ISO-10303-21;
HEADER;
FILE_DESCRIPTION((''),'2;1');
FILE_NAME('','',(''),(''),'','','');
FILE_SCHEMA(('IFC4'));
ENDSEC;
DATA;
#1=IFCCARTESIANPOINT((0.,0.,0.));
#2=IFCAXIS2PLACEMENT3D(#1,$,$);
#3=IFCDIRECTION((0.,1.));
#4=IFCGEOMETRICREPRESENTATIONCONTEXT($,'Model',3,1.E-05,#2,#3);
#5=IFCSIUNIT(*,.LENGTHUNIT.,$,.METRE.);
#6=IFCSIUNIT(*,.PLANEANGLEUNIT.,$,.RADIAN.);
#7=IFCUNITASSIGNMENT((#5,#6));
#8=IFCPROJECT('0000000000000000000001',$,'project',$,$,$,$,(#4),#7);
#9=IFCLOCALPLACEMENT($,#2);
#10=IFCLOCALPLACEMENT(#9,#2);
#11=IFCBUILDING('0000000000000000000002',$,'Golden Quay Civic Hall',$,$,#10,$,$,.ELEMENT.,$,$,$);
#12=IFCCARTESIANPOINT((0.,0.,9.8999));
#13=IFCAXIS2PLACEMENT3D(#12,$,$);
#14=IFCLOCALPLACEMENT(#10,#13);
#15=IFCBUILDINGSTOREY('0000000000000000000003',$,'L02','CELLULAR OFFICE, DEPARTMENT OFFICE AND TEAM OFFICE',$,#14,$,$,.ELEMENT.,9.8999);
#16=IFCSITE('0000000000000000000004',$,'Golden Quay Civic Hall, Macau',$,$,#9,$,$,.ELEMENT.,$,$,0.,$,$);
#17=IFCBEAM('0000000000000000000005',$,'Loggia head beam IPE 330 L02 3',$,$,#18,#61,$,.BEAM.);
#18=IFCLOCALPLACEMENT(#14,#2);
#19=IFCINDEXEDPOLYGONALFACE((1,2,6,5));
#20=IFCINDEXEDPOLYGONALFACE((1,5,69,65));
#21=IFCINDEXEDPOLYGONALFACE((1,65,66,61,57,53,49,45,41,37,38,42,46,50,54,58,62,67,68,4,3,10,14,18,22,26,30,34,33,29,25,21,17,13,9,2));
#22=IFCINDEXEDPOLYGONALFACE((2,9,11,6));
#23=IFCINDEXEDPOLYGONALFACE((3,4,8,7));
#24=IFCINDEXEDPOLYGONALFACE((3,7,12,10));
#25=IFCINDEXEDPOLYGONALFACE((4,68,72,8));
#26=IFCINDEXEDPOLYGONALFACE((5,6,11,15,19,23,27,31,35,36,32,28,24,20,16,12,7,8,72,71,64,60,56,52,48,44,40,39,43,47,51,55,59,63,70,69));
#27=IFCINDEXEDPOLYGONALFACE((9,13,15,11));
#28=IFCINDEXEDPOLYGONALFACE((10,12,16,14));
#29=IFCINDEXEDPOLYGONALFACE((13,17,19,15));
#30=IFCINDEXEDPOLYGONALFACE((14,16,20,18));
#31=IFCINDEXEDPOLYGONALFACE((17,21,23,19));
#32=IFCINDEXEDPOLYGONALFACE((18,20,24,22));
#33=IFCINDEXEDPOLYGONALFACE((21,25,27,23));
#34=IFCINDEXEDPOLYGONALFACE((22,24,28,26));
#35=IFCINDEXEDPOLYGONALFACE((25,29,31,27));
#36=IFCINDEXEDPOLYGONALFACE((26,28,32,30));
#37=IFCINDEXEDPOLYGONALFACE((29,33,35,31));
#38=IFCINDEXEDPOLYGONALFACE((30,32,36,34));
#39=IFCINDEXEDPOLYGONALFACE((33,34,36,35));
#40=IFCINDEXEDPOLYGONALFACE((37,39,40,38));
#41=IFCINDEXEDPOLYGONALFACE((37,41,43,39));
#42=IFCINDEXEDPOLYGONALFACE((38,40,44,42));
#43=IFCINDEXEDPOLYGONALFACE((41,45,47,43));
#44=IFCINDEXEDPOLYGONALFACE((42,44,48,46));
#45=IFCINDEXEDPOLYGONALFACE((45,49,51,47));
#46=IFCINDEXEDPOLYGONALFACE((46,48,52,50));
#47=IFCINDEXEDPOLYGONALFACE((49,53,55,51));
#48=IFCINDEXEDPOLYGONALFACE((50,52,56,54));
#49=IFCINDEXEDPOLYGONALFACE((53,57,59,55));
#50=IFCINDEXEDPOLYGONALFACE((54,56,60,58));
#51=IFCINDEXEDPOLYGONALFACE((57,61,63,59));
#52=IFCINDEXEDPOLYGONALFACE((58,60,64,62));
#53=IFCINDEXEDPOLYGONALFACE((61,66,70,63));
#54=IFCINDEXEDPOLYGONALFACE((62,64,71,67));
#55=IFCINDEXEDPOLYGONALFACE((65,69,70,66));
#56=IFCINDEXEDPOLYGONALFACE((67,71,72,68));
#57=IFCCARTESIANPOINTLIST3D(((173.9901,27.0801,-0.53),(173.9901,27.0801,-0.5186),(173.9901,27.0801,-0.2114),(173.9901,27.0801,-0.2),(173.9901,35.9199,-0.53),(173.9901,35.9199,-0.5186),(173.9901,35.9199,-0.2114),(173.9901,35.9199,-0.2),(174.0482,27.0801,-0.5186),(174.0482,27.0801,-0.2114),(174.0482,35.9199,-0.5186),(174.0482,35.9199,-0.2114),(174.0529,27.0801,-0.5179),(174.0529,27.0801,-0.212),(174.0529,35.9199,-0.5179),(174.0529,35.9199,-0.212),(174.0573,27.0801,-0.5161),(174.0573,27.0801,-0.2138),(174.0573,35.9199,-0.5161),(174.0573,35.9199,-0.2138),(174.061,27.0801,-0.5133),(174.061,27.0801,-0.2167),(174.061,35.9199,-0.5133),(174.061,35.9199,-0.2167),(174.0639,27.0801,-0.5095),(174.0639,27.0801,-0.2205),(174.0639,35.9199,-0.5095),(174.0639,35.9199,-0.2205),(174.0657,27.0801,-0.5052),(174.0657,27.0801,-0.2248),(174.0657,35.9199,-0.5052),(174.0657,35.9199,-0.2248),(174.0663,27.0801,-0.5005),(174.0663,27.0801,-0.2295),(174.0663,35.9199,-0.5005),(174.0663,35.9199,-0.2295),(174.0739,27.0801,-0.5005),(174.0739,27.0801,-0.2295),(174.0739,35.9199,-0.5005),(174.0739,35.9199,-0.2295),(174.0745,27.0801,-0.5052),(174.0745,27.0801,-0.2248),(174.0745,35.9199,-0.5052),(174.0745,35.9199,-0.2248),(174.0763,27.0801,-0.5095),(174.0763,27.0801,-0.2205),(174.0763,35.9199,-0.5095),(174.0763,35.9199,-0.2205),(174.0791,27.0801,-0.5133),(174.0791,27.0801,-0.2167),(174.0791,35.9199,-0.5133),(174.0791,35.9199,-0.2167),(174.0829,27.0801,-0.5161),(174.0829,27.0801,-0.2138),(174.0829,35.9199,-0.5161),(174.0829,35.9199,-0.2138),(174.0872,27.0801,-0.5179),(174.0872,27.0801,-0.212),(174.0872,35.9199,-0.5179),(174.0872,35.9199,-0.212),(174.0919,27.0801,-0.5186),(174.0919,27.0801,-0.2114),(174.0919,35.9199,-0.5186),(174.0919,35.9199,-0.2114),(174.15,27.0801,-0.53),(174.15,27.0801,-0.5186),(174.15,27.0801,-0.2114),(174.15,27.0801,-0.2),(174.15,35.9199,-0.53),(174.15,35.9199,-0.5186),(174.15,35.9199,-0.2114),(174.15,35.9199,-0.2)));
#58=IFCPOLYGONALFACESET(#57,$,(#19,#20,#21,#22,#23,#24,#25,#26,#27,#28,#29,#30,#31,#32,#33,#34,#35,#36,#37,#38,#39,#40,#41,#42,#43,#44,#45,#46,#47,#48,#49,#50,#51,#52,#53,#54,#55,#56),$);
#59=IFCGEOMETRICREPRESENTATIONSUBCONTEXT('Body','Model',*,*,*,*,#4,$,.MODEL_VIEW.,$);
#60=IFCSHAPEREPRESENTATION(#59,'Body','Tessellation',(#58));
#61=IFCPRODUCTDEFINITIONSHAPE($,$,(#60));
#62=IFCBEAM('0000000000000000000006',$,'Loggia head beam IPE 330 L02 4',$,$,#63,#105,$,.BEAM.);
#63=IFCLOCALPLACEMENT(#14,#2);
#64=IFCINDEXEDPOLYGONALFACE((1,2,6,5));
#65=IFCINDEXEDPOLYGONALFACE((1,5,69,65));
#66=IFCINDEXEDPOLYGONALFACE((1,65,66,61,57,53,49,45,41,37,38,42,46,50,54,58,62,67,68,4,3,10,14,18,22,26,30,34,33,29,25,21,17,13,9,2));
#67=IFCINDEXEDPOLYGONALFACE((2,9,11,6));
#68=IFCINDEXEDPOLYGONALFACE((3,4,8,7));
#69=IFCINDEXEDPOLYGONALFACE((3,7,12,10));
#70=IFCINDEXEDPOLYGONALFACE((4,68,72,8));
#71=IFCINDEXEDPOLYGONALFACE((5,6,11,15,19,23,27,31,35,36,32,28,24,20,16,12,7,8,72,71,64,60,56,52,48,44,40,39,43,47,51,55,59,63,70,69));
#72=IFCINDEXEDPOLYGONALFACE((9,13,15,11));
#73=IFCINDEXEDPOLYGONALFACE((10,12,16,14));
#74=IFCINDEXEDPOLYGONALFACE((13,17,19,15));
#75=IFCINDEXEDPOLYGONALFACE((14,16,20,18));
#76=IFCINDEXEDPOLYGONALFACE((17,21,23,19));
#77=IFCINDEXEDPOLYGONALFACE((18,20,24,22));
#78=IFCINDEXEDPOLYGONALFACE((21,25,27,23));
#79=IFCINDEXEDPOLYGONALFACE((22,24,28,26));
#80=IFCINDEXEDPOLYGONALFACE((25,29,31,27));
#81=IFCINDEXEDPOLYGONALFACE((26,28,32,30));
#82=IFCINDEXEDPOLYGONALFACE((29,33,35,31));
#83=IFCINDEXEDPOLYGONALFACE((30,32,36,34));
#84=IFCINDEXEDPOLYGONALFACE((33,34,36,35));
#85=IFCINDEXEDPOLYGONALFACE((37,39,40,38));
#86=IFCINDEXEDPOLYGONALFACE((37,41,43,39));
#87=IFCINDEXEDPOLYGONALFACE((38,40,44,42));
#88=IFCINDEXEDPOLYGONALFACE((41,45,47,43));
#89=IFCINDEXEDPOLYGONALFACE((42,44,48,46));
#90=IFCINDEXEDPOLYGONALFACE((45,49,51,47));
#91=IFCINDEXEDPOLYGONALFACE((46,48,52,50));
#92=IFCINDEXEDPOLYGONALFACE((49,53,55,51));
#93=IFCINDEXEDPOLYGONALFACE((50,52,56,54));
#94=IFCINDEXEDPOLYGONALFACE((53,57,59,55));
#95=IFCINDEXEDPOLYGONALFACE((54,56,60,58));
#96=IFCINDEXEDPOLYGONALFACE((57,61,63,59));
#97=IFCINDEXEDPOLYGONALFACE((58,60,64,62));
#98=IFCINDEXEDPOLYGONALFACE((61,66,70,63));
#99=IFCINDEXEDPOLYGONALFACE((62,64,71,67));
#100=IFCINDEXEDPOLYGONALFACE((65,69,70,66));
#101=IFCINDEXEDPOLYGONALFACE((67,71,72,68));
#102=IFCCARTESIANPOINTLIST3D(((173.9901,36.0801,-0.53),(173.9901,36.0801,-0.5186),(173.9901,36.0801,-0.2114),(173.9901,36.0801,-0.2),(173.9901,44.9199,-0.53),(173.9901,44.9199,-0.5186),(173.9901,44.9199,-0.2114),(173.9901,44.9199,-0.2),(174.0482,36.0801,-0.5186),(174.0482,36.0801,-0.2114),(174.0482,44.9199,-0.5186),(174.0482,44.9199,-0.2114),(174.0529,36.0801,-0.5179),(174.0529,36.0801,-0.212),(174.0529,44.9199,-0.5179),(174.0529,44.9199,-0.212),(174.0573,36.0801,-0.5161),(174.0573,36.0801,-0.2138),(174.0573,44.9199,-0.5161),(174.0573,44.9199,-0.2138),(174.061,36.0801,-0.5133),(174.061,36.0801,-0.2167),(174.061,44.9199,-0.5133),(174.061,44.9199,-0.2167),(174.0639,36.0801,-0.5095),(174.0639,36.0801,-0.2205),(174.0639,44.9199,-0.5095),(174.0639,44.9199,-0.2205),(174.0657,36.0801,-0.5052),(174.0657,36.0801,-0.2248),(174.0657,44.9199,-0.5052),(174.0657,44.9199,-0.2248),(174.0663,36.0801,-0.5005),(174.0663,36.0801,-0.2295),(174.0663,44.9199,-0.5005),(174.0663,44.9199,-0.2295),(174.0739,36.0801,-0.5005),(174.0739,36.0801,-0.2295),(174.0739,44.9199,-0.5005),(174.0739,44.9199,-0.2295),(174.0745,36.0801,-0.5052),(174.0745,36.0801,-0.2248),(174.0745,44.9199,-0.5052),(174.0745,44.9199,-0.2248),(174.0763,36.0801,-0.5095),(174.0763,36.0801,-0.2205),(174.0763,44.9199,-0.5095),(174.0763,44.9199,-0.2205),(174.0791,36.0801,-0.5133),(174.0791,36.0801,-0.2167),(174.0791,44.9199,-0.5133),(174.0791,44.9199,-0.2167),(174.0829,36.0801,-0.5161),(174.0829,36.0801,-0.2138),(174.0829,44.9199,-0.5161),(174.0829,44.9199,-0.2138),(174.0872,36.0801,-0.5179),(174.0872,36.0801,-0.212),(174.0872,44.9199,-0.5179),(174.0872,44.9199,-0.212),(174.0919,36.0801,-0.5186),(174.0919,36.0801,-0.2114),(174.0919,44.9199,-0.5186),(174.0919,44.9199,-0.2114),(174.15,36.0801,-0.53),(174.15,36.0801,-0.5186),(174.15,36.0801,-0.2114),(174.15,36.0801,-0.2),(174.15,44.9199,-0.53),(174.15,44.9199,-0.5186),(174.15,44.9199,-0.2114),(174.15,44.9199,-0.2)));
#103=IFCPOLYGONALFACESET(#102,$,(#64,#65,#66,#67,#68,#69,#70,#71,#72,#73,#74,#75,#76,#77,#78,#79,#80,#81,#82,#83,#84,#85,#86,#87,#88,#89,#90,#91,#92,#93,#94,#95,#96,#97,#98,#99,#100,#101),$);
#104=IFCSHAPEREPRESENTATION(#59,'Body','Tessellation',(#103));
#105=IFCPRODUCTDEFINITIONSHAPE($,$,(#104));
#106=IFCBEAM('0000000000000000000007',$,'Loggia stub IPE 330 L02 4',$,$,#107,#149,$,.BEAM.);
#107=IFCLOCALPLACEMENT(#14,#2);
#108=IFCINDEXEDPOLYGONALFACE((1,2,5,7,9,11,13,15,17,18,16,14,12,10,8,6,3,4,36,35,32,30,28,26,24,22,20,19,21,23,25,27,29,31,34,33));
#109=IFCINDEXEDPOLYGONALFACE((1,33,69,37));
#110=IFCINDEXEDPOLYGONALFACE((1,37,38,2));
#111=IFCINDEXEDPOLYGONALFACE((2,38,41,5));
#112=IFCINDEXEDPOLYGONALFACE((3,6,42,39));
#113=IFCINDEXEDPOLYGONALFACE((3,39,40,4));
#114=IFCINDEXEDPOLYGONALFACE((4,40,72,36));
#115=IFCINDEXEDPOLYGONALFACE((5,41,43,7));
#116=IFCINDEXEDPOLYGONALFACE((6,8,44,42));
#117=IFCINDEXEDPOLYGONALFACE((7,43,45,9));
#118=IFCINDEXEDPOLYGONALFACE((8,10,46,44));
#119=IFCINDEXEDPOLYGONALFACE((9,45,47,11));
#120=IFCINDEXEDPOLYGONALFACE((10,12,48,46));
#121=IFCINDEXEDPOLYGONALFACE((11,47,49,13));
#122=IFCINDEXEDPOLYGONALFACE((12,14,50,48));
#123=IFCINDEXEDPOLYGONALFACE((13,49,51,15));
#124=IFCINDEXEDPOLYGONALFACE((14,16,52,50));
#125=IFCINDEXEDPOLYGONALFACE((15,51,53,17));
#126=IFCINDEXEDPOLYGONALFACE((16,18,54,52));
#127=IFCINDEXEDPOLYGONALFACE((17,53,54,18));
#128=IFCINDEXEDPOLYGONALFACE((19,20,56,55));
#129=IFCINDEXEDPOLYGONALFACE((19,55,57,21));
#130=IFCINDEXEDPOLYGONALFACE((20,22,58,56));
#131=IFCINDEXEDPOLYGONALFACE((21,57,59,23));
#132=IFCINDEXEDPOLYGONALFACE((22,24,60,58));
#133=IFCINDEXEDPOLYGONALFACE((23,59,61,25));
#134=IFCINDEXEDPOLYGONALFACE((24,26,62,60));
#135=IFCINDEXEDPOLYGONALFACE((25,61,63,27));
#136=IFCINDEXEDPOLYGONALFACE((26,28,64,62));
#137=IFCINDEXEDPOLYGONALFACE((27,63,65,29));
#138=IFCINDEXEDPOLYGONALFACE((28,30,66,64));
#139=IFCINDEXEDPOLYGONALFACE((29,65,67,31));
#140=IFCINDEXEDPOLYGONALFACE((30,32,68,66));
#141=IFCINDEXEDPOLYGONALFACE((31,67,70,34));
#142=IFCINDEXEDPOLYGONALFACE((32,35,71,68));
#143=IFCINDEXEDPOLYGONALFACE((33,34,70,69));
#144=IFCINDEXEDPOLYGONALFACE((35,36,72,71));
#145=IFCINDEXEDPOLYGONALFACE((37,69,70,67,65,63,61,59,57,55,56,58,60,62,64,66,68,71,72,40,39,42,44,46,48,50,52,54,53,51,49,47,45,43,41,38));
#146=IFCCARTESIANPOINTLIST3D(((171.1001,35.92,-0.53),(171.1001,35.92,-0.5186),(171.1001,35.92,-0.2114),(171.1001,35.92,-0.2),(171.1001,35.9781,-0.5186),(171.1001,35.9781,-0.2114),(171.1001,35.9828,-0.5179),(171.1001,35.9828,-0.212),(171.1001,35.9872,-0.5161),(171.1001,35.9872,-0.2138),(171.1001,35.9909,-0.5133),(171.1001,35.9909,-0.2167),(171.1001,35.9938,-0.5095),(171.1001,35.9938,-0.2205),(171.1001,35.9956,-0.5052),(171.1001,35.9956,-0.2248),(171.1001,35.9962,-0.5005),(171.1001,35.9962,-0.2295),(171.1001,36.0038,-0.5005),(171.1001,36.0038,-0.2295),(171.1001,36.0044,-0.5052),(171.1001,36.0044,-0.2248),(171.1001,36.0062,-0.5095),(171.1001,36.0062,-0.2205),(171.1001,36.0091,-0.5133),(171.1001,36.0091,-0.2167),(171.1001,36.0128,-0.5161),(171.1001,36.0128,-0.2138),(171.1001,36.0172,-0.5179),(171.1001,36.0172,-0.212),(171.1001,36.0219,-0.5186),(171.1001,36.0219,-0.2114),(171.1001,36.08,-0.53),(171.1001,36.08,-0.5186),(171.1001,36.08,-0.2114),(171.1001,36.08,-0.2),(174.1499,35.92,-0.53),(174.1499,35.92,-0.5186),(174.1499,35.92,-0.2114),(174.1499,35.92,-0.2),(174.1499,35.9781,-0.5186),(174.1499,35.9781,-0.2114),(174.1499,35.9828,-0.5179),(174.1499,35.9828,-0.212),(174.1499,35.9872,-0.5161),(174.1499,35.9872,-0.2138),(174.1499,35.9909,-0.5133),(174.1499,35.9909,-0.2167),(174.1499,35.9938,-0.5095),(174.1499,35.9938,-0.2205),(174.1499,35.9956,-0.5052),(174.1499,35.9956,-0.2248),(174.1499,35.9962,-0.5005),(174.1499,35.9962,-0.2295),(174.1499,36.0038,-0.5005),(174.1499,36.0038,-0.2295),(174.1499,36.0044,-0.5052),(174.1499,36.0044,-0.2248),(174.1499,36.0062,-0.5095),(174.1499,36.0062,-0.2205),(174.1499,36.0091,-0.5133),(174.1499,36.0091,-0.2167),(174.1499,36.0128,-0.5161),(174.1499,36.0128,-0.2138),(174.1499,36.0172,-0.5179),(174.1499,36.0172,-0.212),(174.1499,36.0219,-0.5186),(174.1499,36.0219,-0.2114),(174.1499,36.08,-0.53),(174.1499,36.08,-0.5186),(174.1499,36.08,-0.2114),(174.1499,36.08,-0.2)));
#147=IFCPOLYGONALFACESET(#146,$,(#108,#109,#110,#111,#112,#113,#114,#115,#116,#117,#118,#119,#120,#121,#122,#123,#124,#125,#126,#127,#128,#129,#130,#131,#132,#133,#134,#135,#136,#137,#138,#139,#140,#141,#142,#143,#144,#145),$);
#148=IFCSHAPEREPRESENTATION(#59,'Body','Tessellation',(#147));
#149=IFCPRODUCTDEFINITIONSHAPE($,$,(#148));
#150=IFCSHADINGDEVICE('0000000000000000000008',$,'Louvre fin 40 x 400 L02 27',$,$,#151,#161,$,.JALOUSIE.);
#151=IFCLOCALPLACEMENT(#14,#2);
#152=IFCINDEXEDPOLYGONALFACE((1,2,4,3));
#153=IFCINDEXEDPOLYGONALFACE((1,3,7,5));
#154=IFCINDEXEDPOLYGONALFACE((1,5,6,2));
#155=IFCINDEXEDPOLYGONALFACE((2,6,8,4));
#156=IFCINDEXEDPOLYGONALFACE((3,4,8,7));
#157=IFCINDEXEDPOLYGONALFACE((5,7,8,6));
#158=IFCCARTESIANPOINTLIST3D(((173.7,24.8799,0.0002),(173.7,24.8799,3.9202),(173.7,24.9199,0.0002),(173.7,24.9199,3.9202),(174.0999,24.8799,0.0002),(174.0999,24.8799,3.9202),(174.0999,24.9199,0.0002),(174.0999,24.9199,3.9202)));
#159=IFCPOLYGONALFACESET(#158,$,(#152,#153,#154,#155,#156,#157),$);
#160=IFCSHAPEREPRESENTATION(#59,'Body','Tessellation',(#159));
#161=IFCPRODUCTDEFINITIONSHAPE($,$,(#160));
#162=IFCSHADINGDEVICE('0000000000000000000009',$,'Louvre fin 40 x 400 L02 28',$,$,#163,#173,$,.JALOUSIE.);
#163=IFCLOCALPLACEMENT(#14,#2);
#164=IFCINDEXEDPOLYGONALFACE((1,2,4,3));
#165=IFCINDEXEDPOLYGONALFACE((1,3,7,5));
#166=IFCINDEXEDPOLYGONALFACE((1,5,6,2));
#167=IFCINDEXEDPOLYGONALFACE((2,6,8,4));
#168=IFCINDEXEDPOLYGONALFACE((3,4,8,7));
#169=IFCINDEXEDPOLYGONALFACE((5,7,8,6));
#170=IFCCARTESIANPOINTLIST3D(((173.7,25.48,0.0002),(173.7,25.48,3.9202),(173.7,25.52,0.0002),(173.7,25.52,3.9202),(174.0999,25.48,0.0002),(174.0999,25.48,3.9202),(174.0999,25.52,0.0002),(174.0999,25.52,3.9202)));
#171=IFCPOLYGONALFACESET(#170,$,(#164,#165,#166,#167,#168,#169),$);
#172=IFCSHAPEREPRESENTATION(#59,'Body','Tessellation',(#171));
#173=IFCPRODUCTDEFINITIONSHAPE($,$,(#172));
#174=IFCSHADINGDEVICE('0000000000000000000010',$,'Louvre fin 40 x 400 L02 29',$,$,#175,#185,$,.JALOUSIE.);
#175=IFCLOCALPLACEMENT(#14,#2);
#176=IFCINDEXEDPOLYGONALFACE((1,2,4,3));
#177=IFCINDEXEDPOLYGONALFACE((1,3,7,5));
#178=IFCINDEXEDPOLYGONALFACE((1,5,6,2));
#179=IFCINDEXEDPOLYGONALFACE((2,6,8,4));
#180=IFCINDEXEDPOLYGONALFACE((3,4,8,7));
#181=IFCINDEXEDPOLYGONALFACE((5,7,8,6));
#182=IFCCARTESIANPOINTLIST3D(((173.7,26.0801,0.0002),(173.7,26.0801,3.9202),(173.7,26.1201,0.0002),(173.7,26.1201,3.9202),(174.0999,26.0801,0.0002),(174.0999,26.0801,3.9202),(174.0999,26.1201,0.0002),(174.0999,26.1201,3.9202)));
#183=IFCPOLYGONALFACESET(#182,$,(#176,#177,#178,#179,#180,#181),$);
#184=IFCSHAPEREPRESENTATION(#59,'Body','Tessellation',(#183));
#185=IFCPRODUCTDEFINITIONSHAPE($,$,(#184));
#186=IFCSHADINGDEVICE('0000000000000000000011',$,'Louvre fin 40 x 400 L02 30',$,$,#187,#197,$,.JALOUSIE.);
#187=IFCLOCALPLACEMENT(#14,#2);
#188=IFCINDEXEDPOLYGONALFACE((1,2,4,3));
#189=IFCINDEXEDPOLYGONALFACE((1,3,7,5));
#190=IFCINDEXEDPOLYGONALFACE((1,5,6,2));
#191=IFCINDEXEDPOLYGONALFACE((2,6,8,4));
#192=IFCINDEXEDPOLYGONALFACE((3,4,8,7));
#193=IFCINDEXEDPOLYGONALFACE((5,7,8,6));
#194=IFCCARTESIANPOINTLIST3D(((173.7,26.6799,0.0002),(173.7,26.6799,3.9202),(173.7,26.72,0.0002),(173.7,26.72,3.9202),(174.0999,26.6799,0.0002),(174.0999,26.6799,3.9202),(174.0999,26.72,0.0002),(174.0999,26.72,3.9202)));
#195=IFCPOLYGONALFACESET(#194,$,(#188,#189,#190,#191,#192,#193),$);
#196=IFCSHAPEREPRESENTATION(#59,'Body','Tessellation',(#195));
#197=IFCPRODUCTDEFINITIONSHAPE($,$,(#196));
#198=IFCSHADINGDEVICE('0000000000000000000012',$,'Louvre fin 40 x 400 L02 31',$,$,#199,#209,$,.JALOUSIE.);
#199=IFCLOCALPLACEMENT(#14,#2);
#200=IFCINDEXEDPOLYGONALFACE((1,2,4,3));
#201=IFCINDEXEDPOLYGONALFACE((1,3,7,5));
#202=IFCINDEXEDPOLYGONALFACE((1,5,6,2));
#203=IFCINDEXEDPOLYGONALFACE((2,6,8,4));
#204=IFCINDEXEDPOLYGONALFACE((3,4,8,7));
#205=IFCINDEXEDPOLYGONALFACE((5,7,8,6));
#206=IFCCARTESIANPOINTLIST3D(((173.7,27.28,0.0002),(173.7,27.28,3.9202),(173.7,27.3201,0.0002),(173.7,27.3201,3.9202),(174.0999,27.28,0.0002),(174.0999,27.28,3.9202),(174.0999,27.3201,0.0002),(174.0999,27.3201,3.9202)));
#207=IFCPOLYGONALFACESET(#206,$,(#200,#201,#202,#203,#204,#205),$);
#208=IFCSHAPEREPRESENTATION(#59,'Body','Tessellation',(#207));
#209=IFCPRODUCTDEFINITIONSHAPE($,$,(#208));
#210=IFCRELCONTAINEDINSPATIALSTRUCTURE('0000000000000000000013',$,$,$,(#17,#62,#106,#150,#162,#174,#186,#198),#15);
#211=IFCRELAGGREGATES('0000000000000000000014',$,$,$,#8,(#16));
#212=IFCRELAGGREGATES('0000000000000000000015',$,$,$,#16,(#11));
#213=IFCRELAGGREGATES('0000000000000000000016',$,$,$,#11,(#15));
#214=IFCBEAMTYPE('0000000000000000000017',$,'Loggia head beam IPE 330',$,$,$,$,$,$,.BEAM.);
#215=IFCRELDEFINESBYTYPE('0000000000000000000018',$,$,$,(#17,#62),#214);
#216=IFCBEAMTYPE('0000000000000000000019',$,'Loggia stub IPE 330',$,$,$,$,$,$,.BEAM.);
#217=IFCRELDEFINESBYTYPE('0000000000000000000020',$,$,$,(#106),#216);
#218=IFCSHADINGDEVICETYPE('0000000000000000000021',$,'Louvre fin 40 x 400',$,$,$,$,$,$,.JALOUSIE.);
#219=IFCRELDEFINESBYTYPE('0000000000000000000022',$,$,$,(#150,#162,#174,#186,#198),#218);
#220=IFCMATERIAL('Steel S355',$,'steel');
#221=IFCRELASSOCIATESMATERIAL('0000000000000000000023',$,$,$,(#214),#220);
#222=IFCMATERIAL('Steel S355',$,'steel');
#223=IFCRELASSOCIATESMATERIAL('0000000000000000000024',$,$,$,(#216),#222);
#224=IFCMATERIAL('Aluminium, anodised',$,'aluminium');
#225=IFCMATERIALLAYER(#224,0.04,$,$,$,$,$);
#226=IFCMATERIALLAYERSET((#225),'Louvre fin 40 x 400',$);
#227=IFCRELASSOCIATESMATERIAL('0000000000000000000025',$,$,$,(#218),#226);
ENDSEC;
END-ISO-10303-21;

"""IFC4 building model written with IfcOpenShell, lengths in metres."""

from ifc_helpers import new_model, si_unit, direction, frame, origin, origin_2d, place, context, subcontext, project, spatial, rectangle, i_section, extrude, material, layer, layer_set, material_profile, profile_set, type_object, element, save


model = new_model("IFC4")

# Units and contexts
model_context = context("Model", 3, precision=1e-05, world=origin(), true_north=direction((0.0, 1.0)))
body_context = subcontext(model_context, "Body", "Model", "MODEL_VIEW")
ifc_project = project(units=[si_unit("LENGTHUNIT", "METRE"), si_unit("PLANEANGLEUNIT", "RADIAN")], contexts=[model_context])

# Site, building, storey
site_placement = place(None, origin())
site = spatial("IfcSite", under=ifc_project, at=site_placement, Name="Golden Quay Civic Hall, Macau", CompositionType="ELEMENT", RefElevation=0.0)
building_placement = place(site_placement, origin())
building = spatial("IfcBuilding", under=site, at=building_placement, Name="Golden Quay Civic Hall", CompositionType="ELEMENT")
storey_placement = place(building_placement, frame((0.0, 0.0, 9.8999)))
storey = spatial("IfcBuildingStorey", under=building, at=storey_placement, Name="L02", Description="CELLULAR OFFICE, DEPARTMENT OFFICE AND TEAM OFFICE", CompositionType="ELEMENT", Elevation=9.8999)

# Beams
ifc_material_1 = material(Name="Steel S355", Category="steel")
ifc_material_profile_1 = material_profile(ifc_material_1, i_section(OverallWidth=0.1599, OverallDepth=0.3301, WebThickness=0.0076, FlangeThickness=0.0115, FilletRadius=0.0181, at=origin_2d()), Name="IPE 330")
ifc_profile_set_1 = profile_set([ifc_material_profile_1], Name="Steel S355")
beam_type_1 = type_object("IfcBeamType", Name="Loggia head beam IPE 330", PredefinedType="BEAM", material=ifc_profile_set_1)
for number, where, z_axis, x_axis, name in (
    (1, (174.0701, 27.0801, -0.365), (0.0, 1.0, 0.0), (-1.0, 0.0, 0.0), "Loggia head beam IPE 330 L02 3"),
    (2, (174.0701, 36.0801, -0.365), (0.0, 1.0, 0.0), (-1.0, 0.0, 0.0), "Loggia head beam IPE 330 L02 4"),
):
    element("IfcBeam", number, at=place(storey_placement, frame(where, z_axis=z_axis, x_axis=x_axis)), inside=storey, type_object=beam_type_1, Name=name, PredefinedType="BEAM", context=body_context, shape_type="SweptSolid", body=[
        extrude(i_section(OverallWidth=0.1599, OverallDepth=0.3301, WebThickness=0.0076, FlangeThickness=0.0115, FilletRadius=0.0181, at=origin_2d()), origin(), (0.0, 0.0, 1.0), 8.8398),
    ])
ifc_material_2 = material(Name="Steel S355", Category="steel")
ifc_material_profile_2 = material_profile(ifc_material_2, i_section(OverallWidth=0.1599, OverallDepth=0.3301, WebThickness=0.0076, FlangeThickness=0.0115, FilletRadius=0.0181, at=origin_2d()), Name="IPE 330")
ifc_profile_set_2 = profile_set([ifc_material_profile_2], Name="Steel S355")
beam_type_2 = type_object("IfcBeamType", Name="Loggia stub IPE 330", PredefinedType="BEAM", material=ifc_profile_set_2)
beam_placement = place(storey_placement, frame((171.1001, 36.0, -0.365), z_axis=(1.0, 0.0, 0.0), x_axis=(0.0, 1.0, 0.0)))
element("IfcBeam", 3, at=beam_placement, inside=storey, type_object=beam_type_2, Name="Loggia stub IPE 330 L02 4", PredefinedType="BEAM", context=body_context, shape_type="SweptSolid", body=[
    extrude(i_section(OverallWidth=0.1599, OverallDepth=0.3301, WebThickness=0.0076, FlangeThickness=0.0115, FilletRadius=0.0181, at=origin_2d()), origin(), (0.0, 0.0, 1.0), 3.0498),
])

# Shading devices
ifc_material_3 = material(Name="Aluminium, anodised", Category="aluminium")
ifc_layer = layer(ifc_material_3, 0.04)
ifc_layer_set = layer_set([ifc_layer], Name="Louvre fin 40 x 400")
shading_device_type = type_object("IfcShadingDeviceType", Name="Louvre fin 40 x 400", PredefinedType="JALOUSIE", material=ifc_layer_set)
for number, where, z_axis, x_axis, name in (
    (4, (173.8999, 24.8999, 0.0002), (0.0, 0.0, 1.0), (0.0, 1.0, 0.0), "Louvre fin 40 x 400 L02 27"),
    (5, (173.8999, 25.5, 0.0002), (0.0, 0.0, 1.0), (0.0, 1.0, 0.0), "Louvre fin 40 x 400 L02 28"),
    (6, (173.8999, 26.1001, 0.0002), (0.0, 0.0, 1.0), (0.0, 1.0, 0.0), "Louvre fin 40 x 400 L02 29"),
    (7, (173.8999, 26.7, 0.0002), (0.0, 0.0, 1.0), (0.0, 1.0, 0.0), "Louvre fin 40 x 400 L02 30"),
    (8, (173.8999, 27.3, 0.0002), (0.0, 0.0, 1.0), (0.0, 1.0, 0.0), "Louvre fin 40 x 400 L02 31"),
):
    element("IfcShadingDevice", number, at=place(storey_placement, frame(where, z_axis=z_axis, x_axis=x_axis)), inside=storey, type_object=shading_device_type, Name=name, PredefinedType="JALOUSIE", context=body_context, shape_type="SweptSolid", body=[
        extrude(rectangle(XDim=0.04, YDim=0.3999, at=origin_2d()), origin(), (0.0, 0.0, 1.0), 3.9199),
    ])

save(model, "model.ifc")
